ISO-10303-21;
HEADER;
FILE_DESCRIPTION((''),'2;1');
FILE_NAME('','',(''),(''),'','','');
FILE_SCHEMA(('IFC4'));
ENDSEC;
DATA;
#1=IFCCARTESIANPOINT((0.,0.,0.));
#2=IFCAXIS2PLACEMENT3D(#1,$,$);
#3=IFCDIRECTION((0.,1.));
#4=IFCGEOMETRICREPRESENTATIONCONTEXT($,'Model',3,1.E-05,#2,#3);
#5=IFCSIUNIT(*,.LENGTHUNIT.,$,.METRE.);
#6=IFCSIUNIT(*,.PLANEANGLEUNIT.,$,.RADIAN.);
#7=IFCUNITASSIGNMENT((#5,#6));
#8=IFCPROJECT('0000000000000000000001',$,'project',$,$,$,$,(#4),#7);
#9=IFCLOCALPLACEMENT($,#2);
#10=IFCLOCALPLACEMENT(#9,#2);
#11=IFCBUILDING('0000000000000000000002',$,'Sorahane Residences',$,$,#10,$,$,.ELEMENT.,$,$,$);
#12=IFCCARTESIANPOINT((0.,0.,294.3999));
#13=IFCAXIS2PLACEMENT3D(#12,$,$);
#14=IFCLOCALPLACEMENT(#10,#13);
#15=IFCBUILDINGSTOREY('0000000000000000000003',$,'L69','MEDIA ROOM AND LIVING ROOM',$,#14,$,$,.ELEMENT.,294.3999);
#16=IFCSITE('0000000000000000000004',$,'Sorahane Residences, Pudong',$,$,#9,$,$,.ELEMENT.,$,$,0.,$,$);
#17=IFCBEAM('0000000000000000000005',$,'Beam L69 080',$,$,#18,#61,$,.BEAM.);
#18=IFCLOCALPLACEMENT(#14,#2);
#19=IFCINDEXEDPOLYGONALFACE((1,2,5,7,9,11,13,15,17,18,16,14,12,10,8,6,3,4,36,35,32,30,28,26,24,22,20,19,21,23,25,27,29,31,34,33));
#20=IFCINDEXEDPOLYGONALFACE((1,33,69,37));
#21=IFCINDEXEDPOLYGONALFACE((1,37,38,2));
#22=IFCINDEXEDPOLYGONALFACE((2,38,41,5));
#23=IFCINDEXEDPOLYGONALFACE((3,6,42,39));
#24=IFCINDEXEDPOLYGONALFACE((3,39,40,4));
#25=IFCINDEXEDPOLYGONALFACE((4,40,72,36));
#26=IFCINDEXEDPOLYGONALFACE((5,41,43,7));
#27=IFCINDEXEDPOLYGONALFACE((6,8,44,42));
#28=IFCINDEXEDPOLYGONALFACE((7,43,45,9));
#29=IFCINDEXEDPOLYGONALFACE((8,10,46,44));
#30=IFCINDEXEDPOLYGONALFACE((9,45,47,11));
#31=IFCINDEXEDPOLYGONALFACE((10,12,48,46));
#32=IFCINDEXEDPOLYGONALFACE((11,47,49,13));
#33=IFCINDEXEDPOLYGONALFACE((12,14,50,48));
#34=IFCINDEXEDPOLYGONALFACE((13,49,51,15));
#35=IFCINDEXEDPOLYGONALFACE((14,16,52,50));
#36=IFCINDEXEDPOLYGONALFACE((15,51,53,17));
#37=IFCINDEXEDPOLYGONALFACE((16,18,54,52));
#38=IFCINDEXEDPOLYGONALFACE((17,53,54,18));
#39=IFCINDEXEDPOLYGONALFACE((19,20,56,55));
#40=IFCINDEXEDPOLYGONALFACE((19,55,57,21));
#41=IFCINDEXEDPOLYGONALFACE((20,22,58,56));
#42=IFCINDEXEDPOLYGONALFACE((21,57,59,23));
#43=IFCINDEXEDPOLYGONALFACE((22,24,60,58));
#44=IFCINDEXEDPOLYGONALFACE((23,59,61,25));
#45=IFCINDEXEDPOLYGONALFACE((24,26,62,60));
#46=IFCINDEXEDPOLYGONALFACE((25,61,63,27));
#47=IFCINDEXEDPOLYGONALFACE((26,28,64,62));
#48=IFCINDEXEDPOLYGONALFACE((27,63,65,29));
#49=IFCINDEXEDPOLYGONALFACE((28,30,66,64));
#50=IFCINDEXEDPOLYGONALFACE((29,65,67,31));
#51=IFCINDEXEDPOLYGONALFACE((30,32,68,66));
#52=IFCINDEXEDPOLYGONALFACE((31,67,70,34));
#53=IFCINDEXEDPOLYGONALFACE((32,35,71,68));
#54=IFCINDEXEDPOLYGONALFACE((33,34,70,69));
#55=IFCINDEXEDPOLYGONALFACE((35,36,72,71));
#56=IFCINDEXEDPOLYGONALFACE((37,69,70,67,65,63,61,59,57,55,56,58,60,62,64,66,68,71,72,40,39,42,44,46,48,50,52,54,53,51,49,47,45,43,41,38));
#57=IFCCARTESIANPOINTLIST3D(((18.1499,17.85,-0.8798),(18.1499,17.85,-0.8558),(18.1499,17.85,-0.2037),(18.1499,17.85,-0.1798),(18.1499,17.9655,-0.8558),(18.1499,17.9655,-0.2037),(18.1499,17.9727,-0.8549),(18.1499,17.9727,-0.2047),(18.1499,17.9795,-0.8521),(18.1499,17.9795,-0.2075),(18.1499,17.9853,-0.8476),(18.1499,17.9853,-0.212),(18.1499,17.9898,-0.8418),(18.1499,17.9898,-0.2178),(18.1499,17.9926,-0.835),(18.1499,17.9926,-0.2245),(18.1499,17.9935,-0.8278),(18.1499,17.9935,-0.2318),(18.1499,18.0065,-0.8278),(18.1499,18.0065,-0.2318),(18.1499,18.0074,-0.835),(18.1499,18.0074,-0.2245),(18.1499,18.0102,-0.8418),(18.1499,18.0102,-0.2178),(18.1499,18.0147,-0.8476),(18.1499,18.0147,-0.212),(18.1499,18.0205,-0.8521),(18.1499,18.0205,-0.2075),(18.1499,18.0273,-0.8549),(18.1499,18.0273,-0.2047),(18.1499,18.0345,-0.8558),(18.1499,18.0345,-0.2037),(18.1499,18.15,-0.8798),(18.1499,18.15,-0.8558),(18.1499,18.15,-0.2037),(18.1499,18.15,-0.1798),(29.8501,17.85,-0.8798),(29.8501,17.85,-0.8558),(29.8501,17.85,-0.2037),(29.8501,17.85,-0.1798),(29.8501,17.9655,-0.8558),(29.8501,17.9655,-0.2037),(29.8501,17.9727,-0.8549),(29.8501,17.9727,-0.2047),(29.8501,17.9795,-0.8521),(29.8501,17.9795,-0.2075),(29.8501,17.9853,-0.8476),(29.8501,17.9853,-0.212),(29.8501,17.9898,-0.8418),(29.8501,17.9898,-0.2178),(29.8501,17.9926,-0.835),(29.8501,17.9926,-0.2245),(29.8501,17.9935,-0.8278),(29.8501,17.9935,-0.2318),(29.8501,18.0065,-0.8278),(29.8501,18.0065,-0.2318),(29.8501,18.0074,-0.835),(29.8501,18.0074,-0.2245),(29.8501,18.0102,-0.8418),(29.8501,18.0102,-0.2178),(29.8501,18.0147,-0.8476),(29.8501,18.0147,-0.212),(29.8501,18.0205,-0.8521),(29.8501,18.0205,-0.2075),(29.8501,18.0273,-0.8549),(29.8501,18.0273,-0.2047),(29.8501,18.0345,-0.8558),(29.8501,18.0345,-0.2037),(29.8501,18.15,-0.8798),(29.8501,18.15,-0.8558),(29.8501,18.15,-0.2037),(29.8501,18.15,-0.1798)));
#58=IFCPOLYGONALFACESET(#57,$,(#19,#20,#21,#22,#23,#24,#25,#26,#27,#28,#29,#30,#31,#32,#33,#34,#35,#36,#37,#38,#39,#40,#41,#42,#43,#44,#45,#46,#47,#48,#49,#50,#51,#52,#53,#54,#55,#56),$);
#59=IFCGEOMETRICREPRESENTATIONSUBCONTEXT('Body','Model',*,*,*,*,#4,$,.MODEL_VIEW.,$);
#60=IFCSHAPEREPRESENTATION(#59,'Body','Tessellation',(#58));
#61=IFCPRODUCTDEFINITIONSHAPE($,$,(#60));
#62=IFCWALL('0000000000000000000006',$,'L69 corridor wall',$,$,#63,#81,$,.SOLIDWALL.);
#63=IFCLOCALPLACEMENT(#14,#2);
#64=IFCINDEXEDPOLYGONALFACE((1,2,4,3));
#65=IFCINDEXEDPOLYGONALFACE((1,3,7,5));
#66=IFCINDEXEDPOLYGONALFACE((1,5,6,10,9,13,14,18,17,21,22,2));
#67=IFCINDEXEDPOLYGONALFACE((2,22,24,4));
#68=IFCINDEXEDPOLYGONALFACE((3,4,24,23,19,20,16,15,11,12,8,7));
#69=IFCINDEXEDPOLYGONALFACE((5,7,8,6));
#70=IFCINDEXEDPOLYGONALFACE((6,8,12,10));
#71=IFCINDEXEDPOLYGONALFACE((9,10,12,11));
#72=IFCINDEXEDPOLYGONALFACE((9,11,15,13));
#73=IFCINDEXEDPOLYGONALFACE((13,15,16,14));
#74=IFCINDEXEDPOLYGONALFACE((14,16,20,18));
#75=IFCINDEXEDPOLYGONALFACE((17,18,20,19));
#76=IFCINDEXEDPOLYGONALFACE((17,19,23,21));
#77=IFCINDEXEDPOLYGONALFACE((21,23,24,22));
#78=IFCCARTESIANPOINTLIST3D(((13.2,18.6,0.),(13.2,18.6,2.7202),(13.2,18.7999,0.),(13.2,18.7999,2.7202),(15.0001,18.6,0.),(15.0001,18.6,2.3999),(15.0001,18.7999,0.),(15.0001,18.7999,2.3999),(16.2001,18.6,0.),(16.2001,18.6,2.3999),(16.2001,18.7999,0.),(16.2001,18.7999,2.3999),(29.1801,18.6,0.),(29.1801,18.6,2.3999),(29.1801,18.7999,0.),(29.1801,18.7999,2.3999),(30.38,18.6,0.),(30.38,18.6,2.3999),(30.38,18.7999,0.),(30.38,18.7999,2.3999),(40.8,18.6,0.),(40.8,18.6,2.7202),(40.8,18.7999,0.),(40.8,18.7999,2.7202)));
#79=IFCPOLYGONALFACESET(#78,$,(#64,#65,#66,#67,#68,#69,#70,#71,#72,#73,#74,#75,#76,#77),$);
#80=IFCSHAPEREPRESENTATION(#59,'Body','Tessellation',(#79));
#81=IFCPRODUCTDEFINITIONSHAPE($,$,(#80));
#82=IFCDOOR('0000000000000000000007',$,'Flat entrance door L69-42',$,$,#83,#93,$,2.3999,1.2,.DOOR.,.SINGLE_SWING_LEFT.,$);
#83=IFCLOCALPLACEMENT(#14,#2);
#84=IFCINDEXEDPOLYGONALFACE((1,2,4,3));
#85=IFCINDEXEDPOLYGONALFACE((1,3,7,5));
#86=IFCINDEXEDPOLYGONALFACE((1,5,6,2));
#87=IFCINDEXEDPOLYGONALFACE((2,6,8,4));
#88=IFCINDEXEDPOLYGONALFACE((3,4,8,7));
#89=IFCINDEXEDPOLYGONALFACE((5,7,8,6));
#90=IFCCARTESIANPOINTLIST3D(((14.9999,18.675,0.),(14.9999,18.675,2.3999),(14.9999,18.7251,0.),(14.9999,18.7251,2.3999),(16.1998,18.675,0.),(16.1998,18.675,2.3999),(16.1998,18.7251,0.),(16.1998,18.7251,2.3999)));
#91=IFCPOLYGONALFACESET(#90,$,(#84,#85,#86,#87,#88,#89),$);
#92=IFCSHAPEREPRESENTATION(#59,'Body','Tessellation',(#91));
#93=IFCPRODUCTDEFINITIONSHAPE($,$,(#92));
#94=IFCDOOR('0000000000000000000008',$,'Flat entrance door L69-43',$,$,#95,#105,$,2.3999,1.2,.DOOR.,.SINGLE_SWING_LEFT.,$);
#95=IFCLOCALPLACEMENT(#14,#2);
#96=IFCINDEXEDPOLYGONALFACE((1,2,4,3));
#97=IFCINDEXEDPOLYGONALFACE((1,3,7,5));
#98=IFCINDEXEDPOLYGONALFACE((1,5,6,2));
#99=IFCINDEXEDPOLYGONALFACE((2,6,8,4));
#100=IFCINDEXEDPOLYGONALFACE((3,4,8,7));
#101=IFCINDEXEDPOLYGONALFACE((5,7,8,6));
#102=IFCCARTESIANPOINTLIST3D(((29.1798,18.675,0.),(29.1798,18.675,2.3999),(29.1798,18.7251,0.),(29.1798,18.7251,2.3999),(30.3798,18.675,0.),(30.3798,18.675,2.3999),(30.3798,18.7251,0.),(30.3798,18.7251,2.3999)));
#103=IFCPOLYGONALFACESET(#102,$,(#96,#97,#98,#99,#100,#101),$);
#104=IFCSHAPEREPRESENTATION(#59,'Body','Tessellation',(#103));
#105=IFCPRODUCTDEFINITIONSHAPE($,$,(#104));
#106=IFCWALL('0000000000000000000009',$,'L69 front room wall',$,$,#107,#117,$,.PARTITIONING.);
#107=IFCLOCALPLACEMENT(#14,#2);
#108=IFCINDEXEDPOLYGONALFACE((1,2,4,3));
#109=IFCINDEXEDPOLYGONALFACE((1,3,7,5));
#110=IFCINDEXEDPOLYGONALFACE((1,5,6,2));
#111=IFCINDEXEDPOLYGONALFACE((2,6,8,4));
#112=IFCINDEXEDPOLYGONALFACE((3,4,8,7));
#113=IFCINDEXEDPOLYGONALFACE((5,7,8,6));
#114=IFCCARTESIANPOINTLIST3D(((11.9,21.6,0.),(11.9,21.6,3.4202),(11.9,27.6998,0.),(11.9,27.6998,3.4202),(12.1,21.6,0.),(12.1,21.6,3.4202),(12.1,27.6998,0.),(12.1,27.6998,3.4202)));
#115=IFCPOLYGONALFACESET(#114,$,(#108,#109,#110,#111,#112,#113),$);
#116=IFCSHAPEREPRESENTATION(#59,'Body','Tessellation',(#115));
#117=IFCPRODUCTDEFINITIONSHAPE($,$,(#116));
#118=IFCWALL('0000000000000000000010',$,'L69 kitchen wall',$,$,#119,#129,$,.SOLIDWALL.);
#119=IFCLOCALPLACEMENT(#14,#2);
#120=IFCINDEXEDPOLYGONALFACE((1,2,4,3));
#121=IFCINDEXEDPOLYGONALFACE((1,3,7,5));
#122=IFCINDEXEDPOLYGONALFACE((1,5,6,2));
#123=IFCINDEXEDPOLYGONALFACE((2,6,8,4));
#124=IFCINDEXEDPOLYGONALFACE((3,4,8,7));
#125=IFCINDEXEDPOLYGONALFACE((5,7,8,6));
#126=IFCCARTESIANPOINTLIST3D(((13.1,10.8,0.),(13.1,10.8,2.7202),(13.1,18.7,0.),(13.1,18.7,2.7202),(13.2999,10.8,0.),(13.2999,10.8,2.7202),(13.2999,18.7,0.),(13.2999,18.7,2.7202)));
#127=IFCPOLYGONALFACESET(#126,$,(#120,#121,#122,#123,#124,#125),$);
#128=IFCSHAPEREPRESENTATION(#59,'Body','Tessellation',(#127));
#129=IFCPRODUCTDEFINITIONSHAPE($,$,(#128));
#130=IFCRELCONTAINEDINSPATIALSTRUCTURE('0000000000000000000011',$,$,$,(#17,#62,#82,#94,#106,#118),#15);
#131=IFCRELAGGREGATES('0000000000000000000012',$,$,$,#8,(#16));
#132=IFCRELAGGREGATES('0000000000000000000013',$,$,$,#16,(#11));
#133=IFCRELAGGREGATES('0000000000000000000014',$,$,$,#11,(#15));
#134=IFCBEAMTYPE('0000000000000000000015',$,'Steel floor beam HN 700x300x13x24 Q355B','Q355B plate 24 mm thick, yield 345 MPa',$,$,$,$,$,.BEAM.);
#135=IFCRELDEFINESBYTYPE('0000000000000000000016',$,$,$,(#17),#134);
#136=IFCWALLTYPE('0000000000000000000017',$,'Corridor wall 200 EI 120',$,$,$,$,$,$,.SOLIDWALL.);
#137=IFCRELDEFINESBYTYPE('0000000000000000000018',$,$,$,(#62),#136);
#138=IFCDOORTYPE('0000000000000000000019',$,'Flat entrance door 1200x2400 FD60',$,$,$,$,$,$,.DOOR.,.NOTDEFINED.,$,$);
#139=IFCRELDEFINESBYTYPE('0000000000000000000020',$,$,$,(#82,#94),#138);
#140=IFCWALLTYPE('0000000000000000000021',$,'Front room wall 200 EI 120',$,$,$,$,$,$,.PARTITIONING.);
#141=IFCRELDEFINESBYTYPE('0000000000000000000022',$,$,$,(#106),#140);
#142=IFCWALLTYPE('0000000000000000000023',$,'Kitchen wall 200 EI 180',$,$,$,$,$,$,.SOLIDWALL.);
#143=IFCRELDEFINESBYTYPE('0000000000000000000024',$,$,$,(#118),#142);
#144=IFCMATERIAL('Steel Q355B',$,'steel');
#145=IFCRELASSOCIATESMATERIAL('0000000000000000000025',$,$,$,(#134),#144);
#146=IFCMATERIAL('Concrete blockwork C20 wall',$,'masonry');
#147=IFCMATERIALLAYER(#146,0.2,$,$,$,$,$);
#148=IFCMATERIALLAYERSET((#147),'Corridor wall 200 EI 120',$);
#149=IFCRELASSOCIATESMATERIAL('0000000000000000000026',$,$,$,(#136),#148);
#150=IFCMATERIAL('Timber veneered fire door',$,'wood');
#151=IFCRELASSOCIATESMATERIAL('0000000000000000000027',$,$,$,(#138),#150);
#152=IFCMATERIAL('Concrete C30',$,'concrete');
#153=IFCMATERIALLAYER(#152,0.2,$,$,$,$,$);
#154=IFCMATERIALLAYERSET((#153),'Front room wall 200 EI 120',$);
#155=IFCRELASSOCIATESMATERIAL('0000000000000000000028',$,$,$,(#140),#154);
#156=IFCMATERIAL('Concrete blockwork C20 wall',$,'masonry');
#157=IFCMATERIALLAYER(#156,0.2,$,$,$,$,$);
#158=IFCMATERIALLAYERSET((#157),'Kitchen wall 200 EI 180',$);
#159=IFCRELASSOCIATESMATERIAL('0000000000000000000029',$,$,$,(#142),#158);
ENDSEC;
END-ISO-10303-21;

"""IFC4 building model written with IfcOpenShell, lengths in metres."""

from ifc_helpers import new_model, si_unit, direction, frame, frame_2d, origin, origin_2d, place, context, subcontext, project, spatial, rectangle, i_section, extrude, material, layer, layer_set, material_profile, profile_set, type_object, element, fill, save


model = new_model("IFC4")

# Units and contexts
model_context = context("Model", 3, precision=1e-05, world=origin(), true_north=direction((0.0, 1.0)))
body_context = subcontext(model_context, "Body", "Model", "MODEL_VIEW")
ifc_project = project(units=[si_unit("LENGTHUNIT", "METRE"), si_unit("PLANEANGLEUNIT", "RADIAN")], contexts=[model_context])

# Site, building, storey
site_placement = place(None, origin())
site = spatial("IfcSite", under=ifc_project, at=site_placement, Name="Sorahane Residences, Pudong", CompositionType="ELEMENT", RefElevation=0.0)
building_placement = place(site_placement, origin())
building = spatial("IfcBuilding", under=site, at=building_placement, Name="Sorahane Residences", CompositionType="ELEMENT")
storey_placement = place(building_placement, frame((0.0, 0.0, 294.3999)))
storey = spatial("IfcBuildingStorey", under=building, at=storey_placement, Name="L69", Description="MEDIA ROOM AND LIVING ROOM", CompositionType="ELEMENT", Elevation=294.3999)

# Beam
ifc_material_1 = material(Name="Steel Q355B", Category="steel")
ifc_material_profile_1 = material_profile(ifc_material_1, i_section(OverallWidth=0.3, OverallDepth=0.7, WebThickness=0.0129, FlangeThickness=0.0239, FilletRadius=0.0281, at=origin_2d()), Name="HN 700x300x13x24")
ifc_profile_set_1 = profile_set([ifc_material_profile_1], Name="Steel Q355B")
beam_type_1 = type_object("IfcBeamType", Name="Steel floor beam HN 700x300x13x24 Q355B", Description="Q355B plate 24 mm thick, yield 345 MPa", PredefinedType="BEAM", material=ifc_profile_set_1)
beam_1_placement = place(storey_placement, frame((18.1499, 18.0, -0.5298), z_axis=(1.0, 0.0, 0.0), x_axis=(0.0, 1.0, 0.0)))
element("IfcBeam", 1, at=beam_1_placement, inside=storey, type_object=beam_type_1, Name="Beam L69 080", PredefinedType="BEAM", context=body_context, shape_type="SweptSolid", body=[
    extrude(i_section(OverallWidth=0.3, OverallDepth=0.7, WebThickness=0.0129, FlangeThickness=0.0239, FilletRadius=0.0281, at=origin_2d()), origin(), (0.0, 0.0, 1.0), 11.7002),
])

# Wall, openings, doors
ifc_material_2 = material(Name="Concrete blockwork C20 wall", Category="masonry")
ifc_layer_1 = layer(ifc_material_2, 0.2)
ifc_layer_set_1 = layer_set([ifc_layer_1], Name="Corridor wall 200 EI 120")
wall_type_1 = type_object("IfcWallType", Name="Corridor wall 200 EI 120", PredefinedType="SOLIDWALL", material=ifc_layer_set_1)
wall_1_placement = place(storey_placement, frame((13.2, 18.7, 0.0), z_axis=(0.0, 0.0, 1.0), x_axis=(1.0, 0.0, 0.0)))
wall_1 = element("IfcWall", 2, at=wall_1_placement, inside=storey, type_object=wall_type_1, Name="L69 corridor wall", PredefinedType="SOLIDWALL", context=body_context, shape_type="SweptSolid", body=[
    extrude(rectangle(XDim=27.6001, YDim=0.2, at=frame_2d((13.8, 0.0))), origin(), (0.0, 0.0, 1.0), 2.7202),
])
opening_1_placement = place(wall_1_placement, frame((1.8, 0.0, 0.0)))
opening_1 = element("IfcOpeningElement", 3, at=opening_1_placement, cuts=wall_1, PredefinedType="OPENING", context=body_context, shape_type="SweptSolid", body=[
    extrude(rectangle(XDim=1.2, YDim=2.3999, at=frame_2d((0.6001, 1.2))), frame((0.0, 0.1099, 0.0), z_axis=(0.0, -1.0, 0.0), x_axis=(1.0, 0.0, 0.0)), (0.0, 0.0, 1.0), 0.22),
])
opening_2_placement = place(wall_1_placement, frame((15.98, 0.0, 0.0)))
opening_2 = element("IfcOpeningElement", 4, at=opening_2_placement, cuts=wall_1, PredefinedType="OPENING", context=body_context, shape_type="SweptSolid", body=[
    extrude(rectangle(XDim=1.2, YDim=2.3999, at=frame_2d((0.6001, 1.2))), frame((0.0, 0.1099, 0.0), z_axis=(0.0, -1.0, 0.0), x_axis=(1.0, 0.0, 0.0)), (0.0, 0.0, 1.0), 0.22),
])
ifc_material_3 = material(Name="Timber veneered fire door", Category="wood")
door_type_1 = type_object("IfcDoorType", Name="Flat entrance door 1200x2400 FD60", OperationType="NOTDEFINED", PredefinedType="DOOR", material=ifc_material_3)
door_1_placement = place(opening_1_placement, frame((1.2, 0.0, 0.0), z_axis=(0.0, 0.0, 1.0), x_axis=(-1.0, 0.0, 0.0)))
door_1 = element("IfcDoor", 5, at=door_1_placement, inside=storey, type_object=door_type_1, Name="Flat entrance door L69-42", OperationType="SINGLE_SWING_LEFT", OverallHeight=2.3999, OverallWidth=1.2, PredefinedType="DOOR", context=body_context, shape_type="SweptSolid", body=[
    extrude(rectangle(XDim=1.2, YDim=2.3999, at=frame_2d((0.6001, 1.2))), frame((0.0, 0.0249, 0.0), z_axis=(0.0, -1.0, 0.0), x_axis=(1.0, 0.0, 0.0)), (0.0, 0.0, 1.0), 0.05),
])
fill(opening_1, door_1)
door_2_placement = place(opening_2_placement, frame((1.2, 0.0, 0.0), z_axis=(0.0, 0.0, 1.0), x_axis=(-1.0, 0.0, 0.0)))
door_2 = element("IfcDoor", 6, at=door_2_placement, inside=storey, type_object=door_type_1, Name="Flat entrance door L69-43", OperationType="SINGLE_SWING_LEFT", OverallHeight=2.3999, OverallWidth=1.2, PredefinedType="DOOR", context=body_context, shape_type="SweptSolid", body=[
    extrude(rectangle(XDim=1.2, YDim=2.3999, at=frame_2d((0.6001, 1.2))), frame((0.0, 0.0249, 0.0), z_axis=(0.0, -1.0, 0.0), x_axis=(1.0, 0.0, 0.0)), (0.0, 0.0, 1.0), 0.05),
])
fill(opening_2, door_2)

# Walls
ifc_material_4 = material(Name="Concrete C30", Category="concrete")
ifc_layer_2 = layer(ifc_material_4, 0.2)
ifc_layer_set_2 = layer_set([ifc_layer_2], Name="Front room wall 200 EI 120")
wall_type_2 = type_object("IfcWallType", Name="Front room wall 200 EI 120", PredefinedType="PARTITIONING", material=ifc_layer_set_2)
wall_2_placement = place(storey_placement, frame((12.0, 21.6001, 0.0), z_axis=(0.0, 0.0, 1.0), x_axis=(0.0, 1.0, 0.0)))
element("IfcWall", 7, at=wall_2_placement, inside=storey, type_object=wall_type_2, Name="L69 front room wall", PredefinedType="PARTITIONING", context=body_context, shape_type="SweptSolid", body=[
    extrude(rectangle(XDim=6.0999, YDim=0.2, at=frame_2d((3.0498, 0.0))), origin(), (0.0, 0.0, 1.0), 3.4202),
])
ifc_material_5 = material(Name="Concrete blockwork C20 wall", Category="masonry")
ifc_layer_3 = layer(ifc_material_5, 0.2)
ifc_layer_set_3 = layer_set([ifc_layer_3], Name="Kitchen wall 200 EI 180")
wall_type_3 = type_object("IfcWallType", Name="Kitchen wall 200 EI 180", PredefinedType="SOLIDWALL", material=ifc_layer_set_3)
wall_3_placement = place(storey_placement, frame((13.2, 10.8, 0.0), z_axis=(0.0, 0.0, 1.0), x_axis=(0.0, 1.0, 0.0)))
element("IfcWall", 8, at=wall_3_placement, inside=storey, type_object=wall_type_3, Name="L69 kitchen wall", PredefinedType="SOLIDWALL", context=body_context, shape_type="SweptSolid", body=[
    extrude(rectangle(XDim=7.8999, YDim=0.2, at=frame_2d((3.95, 0.0))), origin(), (0.0, 0.0, 1.0), 2.7202),
])

save(model, "model.ifc")
